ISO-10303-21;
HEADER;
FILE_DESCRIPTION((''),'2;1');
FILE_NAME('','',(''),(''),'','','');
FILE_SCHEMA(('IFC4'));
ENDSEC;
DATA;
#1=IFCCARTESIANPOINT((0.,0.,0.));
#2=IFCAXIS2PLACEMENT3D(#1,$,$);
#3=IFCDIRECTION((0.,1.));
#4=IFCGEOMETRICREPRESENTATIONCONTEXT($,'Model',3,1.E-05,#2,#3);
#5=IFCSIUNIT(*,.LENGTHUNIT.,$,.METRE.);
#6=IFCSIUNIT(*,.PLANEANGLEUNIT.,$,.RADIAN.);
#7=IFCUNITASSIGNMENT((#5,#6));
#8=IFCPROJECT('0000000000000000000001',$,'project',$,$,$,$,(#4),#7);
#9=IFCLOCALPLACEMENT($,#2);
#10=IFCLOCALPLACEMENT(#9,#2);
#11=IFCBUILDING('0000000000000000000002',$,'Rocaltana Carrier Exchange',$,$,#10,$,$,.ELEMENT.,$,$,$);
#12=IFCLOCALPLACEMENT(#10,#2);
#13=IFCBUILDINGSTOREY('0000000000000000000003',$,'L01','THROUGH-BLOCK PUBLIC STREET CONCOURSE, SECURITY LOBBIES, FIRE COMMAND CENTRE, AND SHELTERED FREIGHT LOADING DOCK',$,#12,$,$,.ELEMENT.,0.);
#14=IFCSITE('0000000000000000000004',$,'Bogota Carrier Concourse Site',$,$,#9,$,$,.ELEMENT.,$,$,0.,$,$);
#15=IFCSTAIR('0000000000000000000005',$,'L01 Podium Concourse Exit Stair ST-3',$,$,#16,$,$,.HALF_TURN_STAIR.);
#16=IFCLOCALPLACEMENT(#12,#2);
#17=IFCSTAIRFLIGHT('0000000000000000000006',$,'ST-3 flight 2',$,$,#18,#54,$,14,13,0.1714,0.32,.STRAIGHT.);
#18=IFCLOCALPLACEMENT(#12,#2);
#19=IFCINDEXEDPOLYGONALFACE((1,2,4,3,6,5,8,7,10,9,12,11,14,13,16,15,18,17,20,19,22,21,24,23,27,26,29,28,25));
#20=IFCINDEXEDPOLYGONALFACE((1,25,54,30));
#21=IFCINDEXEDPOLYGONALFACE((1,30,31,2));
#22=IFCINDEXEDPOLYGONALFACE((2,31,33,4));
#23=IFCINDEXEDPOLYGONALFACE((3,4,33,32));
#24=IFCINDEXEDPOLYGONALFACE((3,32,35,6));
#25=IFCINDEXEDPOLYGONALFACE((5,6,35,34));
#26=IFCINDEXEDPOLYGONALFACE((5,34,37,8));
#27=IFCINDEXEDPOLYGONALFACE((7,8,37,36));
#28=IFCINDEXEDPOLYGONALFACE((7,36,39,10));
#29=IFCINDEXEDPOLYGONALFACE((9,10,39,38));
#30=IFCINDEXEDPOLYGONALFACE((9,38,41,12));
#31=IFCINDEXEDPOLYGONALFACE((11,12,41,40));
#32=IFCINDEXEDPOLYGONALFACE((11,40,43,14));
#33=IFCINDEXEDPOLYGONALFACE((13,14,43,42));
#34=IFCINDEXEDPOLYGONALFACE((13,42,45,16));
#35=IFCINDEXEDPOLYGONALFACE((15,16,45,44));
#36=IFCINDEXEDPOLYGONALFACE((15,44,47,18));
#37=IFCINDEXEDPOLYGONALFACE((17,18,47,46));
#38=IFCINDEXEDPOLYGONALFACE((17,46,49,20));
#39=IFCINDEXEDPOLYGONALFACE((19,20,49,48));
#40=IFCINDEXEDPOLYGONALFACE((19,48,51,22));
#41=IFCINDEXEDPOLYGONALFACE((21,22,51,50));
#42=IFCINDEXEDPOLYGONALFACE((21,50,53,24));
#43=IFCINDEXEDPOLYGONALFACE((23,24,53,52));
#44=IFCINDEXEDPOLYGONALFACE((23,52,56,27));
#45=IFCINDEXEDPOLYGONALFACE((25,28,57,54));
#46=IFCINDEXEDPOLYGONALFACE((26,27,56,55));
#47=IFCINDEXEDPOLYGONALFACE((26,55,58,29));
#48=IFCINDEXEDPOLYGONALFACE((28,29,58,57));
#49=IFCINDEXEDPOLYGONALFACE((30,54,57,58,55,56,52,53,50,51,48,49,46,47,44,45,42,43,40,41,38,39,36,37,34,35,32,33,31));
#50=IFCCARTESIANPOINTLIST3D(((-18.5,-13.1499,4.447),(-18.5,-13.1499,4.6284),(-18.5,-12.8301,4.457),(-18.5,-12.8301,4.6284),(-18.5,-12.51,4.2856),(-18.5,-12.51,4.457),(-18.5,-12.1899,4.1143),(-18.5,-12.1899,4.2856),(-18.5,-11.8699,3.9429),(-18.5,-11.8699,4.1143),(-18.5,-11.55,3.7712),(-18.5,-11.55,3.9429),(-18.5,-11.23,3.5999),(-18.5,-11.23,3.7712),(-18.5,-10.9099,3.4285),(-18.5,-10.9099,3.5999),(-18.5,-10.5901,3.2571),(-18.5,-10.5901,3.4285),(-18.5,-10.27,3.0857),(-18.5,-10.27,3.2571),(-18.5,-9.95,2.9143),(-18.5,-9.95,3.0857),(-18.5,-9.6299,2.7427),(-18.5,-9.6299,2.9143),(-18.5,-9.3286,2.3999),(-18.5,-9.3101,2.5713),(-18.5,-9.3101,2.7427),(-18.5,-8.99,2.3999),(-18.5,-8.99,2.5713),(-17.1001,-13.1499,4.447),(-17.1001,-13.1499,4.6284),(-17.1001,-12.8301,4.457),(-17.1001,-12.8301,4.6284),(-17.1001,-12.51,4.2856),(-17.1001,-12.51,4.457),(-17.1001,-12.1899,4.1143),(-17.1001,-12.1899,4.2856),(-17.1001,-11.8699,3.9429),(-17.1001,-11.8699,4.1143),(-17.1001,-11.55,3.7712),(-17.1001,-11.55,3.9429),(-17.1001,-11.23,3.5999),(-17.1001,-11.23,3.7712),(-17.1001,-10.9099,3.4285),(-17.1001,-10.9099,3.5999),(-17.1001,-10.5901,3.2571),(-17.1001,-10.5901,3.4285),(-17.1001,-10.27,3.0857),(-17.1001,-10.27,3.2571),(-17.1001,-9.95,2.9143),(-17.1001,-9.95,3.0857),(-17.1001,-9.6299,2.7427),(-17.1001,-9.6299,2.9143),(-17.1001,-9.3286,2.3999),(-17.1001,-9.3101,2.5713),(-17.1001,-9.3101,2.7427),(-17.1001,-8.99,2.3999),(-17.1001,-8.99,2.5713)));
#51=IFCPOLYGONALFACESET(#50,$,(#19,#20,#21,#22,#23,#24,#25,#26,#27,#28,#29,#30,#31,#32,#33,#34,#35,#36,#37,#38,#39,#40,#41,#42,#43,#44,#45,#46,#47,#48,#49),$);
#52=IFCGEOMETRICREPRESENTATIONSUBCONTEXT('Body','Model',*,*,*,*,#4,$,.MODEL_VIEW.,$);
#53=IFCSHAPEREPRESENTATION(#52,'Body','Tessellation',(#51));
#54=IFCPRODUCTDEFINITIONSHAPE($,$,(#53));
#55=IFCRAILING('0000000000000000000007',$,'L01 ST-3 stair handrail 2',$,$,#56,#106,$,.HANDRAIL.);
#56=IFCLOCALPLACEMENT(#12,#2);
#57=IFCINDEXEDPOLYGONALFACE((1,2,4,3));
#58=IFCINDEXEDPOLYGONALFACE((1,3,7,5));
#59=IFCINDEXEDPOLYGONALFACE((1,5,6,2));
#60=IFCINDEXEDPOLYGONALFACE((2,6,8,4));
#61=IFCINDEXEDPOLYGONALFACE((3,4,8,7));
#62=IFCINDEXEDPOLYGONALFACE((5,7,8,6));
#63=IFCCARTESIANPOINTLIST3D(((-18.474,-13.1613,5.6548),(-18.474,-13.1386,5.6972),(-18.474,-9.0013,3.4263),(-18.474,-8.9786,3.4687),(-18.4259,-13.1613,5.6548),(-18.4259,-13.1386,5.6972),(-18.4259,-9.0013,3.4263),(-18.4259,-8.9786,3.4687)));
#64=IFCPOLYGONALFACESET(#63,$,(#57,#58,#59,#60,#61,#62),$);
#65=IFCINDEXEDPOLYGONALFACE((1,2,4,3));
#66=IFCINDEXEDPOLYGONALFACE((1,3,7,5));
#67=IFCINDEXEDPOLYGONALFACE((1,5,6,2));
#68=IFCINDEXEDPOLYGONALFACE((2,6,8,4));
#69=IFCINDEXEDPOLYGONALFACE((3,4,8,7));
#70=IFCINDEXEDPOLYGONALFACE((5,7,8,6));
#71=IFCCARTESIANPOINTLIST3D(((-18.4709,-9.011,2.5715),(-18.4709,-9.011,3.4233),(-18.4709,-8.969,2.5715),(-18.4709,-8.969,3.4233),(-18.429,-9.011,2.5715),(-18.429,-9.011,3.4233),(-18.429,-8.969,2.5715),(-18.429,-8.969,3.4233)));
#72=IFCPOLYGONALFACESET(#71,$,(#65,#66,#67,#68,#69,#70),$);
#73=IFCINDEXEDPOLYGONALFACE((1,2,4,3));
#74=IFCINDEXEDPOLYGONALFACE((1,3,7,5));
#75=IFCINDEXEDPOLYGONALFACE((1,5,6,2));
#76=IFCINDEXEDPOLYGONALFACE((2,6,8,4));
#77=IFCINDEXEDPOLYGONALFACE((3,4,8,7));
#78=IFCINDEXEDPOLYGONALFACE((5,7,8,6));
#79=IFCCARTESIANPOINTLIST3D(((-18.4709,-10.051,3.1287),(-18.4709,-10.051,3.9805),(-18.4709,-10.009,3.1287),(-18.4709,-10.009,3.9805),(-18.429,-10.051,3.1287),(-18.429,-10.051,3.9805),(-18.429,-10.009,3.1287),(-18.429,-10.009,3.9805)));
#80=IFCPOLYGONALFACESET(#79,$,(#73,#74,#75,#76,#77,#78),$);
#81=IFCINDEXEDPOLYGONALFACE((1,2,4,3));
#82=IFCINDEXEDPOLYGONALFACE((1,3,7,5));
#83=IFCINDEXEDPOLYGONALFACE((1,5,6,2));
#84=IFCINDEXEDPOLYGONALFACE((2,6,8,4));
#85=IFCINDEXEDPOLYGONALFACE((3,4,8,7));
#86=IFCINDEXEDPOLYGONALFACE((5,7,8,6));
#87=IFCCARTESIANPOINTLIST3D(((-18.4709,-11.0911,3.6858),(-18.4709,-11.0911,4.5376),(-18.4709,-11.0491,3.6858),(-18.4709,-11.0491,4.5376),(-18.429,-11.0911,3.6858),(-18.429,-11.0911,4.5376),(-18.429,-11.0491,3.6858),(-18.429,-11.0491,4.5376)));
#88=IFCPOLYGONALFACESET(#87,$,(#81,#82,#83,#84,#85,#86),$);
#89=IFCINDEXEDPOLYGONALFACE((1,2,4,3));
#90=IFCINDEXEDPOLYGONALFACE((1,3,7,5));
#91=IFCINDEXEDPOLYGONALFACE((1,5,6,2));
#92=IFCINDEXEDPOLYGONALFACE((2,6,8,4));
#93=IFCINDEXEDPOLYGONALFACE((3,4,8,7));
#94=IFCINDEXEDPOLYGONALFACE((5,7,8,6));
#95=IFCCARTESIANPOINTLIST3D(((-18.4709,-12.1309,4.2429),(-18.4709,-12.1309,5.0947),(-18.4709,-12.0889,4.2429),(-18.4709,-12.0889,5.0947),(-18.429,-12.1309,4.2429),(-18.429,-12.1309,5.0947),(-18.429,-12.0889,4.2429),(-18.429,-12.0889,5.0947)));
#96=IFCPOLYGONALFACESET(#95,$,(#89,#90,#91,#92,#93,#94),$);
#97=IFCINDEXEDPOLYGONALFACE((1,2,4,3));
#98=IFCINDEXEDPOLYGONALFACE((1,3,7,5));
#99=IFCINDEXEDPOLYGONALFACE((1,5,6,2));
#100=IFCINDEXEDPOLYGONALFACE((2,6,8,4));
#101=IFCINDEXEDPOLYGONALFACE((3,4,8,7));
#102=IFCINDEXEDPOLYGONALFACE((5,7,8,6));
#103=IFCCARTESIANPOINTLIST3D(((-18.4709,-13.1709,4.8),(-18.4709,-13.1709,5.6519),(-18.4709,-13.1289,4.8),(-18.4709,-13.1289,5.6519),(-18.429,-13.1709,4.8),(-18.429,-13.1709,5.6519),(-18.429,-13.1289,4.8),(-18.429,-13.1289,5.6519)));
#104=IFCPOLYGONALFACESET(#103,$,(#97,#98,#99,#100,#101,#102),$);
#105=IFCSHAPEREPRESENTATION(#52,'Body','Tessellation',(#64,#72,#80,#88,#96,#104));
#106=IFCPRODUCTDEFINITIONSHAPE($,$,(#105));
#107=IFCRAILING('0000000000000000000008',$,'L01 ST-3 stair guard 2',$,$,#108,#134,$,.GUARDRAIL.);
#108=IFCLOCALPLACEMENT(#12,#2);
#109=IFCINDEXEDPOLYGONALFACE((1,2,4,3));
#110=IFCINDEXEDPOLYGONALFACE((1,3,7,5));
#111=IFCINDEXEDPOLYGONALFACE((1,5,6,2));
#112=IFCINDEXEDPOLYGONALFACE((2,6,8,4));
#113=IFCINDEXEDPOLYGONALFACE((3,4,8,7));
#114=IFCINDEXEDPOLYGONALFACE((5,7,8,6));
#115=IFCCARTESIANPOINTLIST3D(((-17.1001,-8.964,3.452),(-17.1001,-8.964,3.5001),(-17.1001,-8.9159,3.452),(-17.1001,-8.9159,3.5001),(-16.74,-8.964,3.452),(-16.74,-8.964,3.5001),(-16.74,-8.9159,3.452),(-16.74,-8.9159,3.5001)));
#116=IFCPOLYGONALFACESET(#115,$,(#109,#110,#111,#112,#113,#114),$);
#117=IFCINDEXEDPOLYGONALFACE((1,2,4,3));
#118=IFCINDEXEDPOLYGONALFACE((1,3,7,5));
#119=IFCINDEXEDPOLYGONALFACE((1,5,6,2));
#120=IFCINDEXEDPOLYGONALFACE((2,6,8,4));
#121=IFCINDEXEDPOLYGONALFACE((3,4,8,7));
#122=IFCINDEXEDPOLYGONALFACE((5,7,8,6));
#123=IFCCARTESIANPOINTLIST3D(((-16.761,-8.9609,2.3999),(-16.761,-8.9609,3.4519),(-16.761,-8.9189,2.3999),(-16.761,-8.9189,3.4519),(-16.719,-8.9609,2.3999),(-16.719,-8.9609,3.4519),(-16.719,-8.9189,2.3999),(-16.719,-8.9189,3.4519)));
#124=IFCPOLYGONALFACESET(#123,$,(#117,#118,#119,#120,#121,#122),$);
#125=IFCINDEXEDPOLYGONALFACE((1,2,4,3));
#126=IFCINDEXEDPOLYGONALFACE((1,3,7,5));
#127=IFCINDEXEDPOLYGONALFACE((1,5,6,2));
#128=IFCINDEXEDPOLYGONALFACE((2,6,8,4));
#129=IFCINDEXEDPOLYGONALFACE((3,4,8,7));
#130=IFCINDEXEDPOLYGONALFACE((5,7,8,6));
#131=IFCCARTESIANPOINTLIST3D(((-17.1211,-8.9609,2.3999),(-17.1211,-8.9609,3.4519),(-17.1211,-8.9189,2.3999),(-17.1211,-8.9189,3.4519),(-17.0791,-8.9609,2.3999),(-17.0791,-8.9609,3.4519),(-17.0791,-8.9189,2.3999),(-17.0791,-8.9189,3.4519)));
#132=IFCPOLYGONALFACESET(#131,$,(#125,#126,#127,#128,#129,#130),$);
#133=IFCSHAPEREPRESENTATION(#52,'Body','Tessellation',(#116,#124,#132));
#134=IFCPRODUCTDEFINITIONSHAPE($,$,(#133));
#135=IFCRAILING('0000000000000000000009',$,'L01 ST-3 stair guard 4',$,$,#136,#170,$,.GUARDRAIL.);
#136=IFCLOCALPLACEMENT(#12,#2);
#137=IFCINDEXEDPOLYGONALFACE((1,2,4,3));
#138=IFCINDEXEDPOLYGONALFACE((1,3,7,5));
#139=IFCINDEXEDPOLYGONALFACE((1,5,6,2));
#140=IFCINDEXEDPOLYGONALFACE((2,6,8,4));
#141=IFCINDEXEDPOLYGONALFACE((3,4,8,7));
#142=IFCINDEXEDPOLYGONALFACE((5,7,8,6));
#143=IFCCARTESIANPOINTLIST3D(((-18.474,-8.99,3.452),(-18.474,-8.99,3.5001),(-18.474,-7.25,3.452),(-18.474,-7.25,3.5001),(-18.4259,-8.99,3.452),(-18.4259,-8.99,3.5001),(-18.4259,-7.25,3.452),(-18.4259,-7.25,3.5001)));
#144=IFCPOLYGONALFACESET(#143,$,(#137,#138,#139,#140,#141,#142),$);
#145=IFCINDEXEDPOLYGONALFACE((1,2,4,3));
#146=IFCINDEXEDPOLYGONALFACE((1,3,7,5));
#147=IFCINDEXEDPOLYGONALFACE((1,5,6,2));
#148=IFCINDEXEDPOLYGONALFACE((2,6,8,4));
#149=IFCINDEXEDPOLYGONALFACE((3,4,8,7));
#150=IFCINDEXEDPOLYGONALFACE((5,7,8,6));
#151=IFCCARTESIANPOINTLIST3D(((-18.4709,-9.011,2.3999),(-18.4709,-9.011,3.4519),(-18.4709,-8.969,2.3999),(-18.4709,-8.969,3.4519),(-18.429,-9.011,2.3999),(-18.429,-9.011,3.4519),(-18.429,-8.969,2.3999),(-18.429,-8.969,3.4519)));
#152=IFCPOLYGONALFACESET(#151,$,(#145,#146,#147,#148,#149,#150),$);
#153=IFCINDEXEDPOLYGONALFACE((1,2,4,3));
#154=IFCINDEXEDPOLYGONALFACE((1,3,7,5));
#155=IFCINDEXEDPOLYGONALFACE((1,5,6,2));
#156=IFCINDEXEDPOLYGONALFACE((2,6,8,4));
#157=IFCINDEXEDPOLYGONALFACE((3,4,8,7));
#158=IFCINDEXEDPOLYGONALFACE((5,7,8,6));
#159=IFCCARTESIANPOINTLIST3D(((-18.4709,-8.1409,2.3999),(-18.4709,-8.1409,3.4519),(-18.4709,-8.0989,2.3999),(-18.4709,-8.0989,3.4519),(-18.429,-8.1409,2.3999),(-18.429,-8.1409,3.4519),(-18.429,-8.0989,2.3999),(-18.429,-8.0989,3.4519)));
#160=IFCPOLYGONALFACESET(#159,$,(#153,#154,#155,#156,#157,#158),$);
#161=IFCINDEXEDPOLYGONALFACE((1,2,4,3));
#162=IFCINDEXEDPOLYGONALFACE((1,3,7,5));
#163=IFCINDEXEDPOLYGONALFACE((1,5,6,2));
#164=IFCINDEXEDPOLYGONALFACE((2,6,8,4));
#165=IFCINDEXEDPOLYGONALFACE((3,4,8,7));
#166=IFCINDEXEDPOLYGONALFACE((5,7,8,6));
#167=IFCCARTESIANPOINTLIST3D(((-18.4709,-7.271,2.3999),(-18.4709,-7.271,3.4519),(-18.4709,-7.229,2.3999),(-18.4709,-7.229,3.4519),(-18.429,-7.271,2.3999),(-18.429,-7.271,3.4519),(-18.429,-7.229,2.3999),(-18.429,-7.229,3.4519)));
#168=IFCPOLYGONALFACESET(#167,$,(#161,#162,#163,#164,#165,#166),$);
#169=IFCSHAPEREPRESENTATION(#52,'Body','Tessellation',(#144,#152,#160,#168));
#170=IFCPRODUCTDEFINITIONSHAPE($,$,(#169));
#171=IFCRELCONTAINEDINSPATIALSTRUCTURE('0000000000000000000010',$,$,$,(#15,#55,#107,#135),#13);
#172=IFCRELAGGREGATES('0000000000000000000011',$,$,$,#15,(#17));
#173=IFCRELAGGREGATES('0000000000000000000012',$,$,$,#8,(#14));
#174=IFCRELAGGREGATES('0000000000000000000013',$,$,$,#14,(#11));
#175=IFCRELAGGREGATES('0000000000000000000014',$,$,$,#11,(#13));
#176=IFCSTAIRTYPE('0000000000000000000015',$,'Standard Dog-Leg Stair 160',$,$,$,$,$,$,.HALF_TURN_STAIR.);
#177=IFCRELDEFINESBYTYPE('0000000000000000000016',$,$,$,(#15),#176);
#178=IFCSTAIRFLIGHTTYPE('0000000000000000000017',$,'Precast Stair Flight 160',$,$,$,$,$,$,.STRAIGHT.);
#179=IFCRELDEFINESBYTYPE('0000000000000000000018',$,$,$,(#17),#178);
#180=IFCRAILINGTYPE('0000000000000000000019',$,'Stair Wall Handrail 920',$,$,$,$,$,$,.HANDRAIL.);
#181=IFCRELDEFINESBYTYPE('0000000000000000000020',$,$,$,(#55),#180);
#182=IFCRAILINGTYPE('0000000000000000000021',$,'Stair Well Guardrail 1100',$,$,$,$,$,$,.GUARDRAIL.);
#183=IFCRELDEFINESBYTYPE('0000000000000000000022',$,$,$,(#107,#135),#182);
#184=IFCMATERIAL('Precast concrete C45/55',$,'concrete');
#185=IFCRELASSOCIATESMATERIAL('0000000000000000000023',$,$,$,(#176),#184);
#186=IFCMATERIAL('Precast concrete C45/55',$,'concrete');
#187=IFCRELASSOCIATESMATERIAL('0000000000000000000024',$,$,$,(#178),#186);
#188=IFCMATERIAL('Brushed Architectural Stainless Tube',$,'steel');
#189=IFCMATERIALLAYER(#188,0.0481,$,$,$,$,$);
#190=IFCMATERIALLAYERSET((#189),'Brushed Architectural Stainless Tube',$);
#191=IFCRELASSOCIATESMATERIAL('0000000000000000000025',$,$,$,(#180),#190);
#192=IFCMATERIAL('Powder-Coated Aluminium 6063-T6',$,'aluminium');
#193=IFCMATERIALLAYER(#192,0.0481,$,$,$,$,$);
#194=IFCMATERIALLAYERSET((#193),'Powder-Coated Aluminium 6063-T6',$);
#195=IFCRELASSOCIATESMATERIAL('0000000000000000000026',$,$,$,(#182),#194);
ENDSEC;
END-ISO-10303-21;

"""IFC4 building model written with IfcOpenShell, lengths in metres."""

from ifc_helpers import new_model, si_unit, direction, frame, origin, origin_2d, place, context, subcontext, project, spatial, polyline, rectangle, outline, extrude, material, layer, layer_set, type_object, element, aggregate, save


model = new_model("IFC4")

# Units and contexts
model_context = context("Model", 3, precision=1e-05, world=origin(), true_north=direction((0.0, 1.0)))
body_context = subcontext(model_context, "Body", "Model", "MODEL_VIEW")
ifc_project = project(units=[si_unit("LENGTHUNIT", "METRE"), si_unit("PLANEANGLEUNIT", "RADIAN")], contexts=[model_context])

# Site, building, storey
site_placement = place(None, origin())
site = spatial("IfcSite", under=ifc_project, at=site_placement, Name="Bogota Carrier Concourse Site", CompositionType="ELEMENT", RefElevation=0.0)
building_placement = place(site_placement, origin())
building = spatial("IfcBuilding", under=site, at=building_placement, Name="Rocaltana Carrier Exchange", CompositionType="ELEMENT")
storey_placement = place(building_placement, origin())
storey = spatial("IfcBuildingStorey", under=building, at=storey_placement, Name="L01", Description="THROUGH-BLOCK PUBLIC STREET CONCOURSE, SECURITY LOBBIES, FIRE COMMAND CENTRE, AND SHELTERED FREIGHT LOADING DOCK", CompositionType="ELEMENT", Elevation=0.0)

# Stair, stair flight
ifc_material_1 = material(Name="Precast concrete C45/55", Category="concrete")
stair_type = type_object("IfcStairType", Name="Standard Dog-Leg Stair 160", PredefinedType="HALF_TURN_STAIR", material=ifc_material_1)
stair_placement = place(storey_placement, origin())
stair = element("IfcStair", 1, at=stair_placement, inside=storey, type_object=stair_type, Name="L01 Podium Concourse Exit Stair ST-3", PredefinedType="HALF_TURN_STAIR")
ifc_material_2 = material(Name="Precast concrete C45/55", Category="concrete")
stair_flight_type = type_object("IfcStairFlightType", Name="Precast Stair Flight 160", PredefinedType="STRAIGHT", material=ifc_material_2)
stair_flight_1_placement = place(storey_placement, frame((-17.8, -8.99, 2.3999), z_axis=(0.0, 0.0, 1.0), x_axis=(0.0, -1.0, 0.0)))
stair_flight_1 = element("IfcStairFlight", 2, at=stair_flight_1_placement, type_object=stair_flight_type, Name="ST-3 flight 2", NumberOfRisers=14, NumberOfTreads=13, PredefinedType="STRAIGHT", RiserHeight=0.1714, TreadLength=0.32, context=body_context, shape_type="SweptSolid", body=[
    extrude(outline(polyline([(0.0, 0.0), (0.0, 0.1714), (0.3201, 0.1714), (0.3201, 0.3428), (0.6399, 0.3428), (0.6399, 0.5144), (0.96, 0.5144), (0.96, 0.6858), (1.28, 0.6858), (1.28, 0.8572), (1.6001, 0.8572), (1.6001, 1.0286), (1.9199, 1.0286), (1.9199, 1.2), (2.24, 1.2), (2.24, 1.3713), (2.5601, 1.3713), (2.5601, 1.543), (2.8799, 1.543), (2.8799, 1.7144), (3.2, 1.7144), (3.2, 1.8857), (3.52, 1.8857), (3.52, 2.0571), (3.8401, 2.0571), (3.8401, 2.2285), (4.1599, 2.2285), (4.1599, 2.3999), (4.1599, 2.0471), (0.3386, 0.0), (0.0, 0.0)])), frame((0.0, 0.7, 0.0), z_axis=(0.0, -1.0, 0.0), x_axis=(1.0, 0.0, 0.0)), (0.0, 0.0, 1.0), 1.3999),
])
aggregate(stair, [stair_flight_1])

# Railings
ifc_material_3 = material(Name="Brushed Architectural Stainless Tube", Category="steel")
ifc_layer_1 = layer(ifc_material_3, 0.0481)
ifc_layer_set_1 = layer_set([ifc_layer_1], Name="Brushed Architectural Stainless Tube")
railing_type_1 = type_object("IfcRailingType", Name="Stair Wall Handrail 920", PredefinedType="HANDRAIL", material=ifc_layer_set_1)
railing_1_placement = place(storey_placement, frame((-18.45, -8.99, 2.5715)))
element("IfcRailing", 3, at=railing_1_placement, inside=storey, type_object=railing_type_1, Name="L01 ST-3 stair handrail 2", PredefinedType="HANDRAIL", context=body_context, shape_type="SweptSolid", body=[
    extrude(rectangle(XDim=0.0481, YDim=0.0481, at=origin_2d()), frame((0.0, 0.0, 0.876), z_axis=(0.0, -0.881481, 0.47222), x_axis=(1.0, 0.0, 0.0)), (0.0, 0.0, 1.0), 4.7192),
    extrude(rectangle(XDim=0.042, YDim=0.042, at=origin_2d()), origin(), (0.0, 0.0, 1.0), 0.8518),
    extrude(rectangle(XDim=0.042, YDim=0.042, at=origin_2d()), frame((0.0, -1.04, 0.5571)), (0.0, 0.0, 1.0), 0.8518),
    extrude(rectangle(XDim=0.042, YDim=0.042, at=origin_2d()), frame((0.0, -2.0801, 1.1143)), (0.0, 0.0, 1.0), 0.8518),
    extrude(rectangle(XDim=0.042, YDim=0.042, at=origin_2d()), frame((0.0, -3.1199, 1.6714)), (0.0, 0.0, 1.0), 0.8518),
    extrude(rectangle(XDim=0.042, YDim=0.042, at=origin_2d()), frame((0.0, -4.1599, 2.2285)), (0.0, 0.0, 1.0), 0.8518),
])
ifc_material_4 = material(Name="Powder-Coated Aluminium 6063-T6", Category="aluminium")
ifc_layer_2 = layer(ifc_material_4, 0.0481)
ifc_layer_set_2 = layer_set([ifc_layer_2], Name="Powder-Coated Aluminium 6063-T6")
railing_type_2 = type_object("IfcRailingType", Name="Stair Well Guardrail 1100", PredefinedType="GUARDRAIL", material=ifc_layer_set_2)
railing_2_placement = place(storey_placement, frame((-16.74, -8.9399, 2.3999)))
element("IfcRailing", 4, at=railing_2_placement, inside=storey, type_object=railing_type_2, Name="L01 ST-3 stair guard 2", PredefinedType="GUARDRAIL", context=body_context, shape_type="SweptSolid", body=[
    extrude(rectangle(XDim=0.0481, YDim=0.0481, at=origin_2d()), frame((0.0, 0.0, 1.0762), z_axis=(-1.0, 0.0, 0.0), x_axis=(0.0, -1.0, 0.0)), (0.0, 0.0, 1.0), 0.3601),
    extrude(rectangle(XDim=0.042, YDim=0.042, at=origin_2d()), origin(), (0.0, 0.0, 1.0), 1.052),
    extrude(rectangle(XDim=0.042, YDim=0.042, at=origin_2d()), frame((-0.3601, 0.0, 0.0)), (0.0, 0.0, 1.0), 1.052),
])
railing_3_placement = place(storey_placement, frame((-18.45, -8.99, 2.3999)))
element("IfcRailing", 5, at=railing_3_placement, inside=storey, type_object=railing_type_2, Name="L01 ST-3 stair guard 4", PredefinedType="GUARDRAIL", context=body_context, shape_type="SweptSolid", body=[
    extrude(rectangle(XDim=0.0481, YDim=0.0481, at=origin_2d()), frame((0.0, 0.0, 1.0762), z_axis=(0.0, 1.0, 0.0), x_axis=(-1.0, 0.0, 0.0)), (0.0, 0.0, 1.0), 1.74),
    extrude(rectangle(XDim=0.042, YDim=0.042, at=origin_2d()), origin(), (0.0, 0.0, 1.0), 1.052),
    extrude(rectangle(XDim=0.042, YDim=0.042, at=origin_2d()), frame((0.0, 0.8701, 0.0)), (0.0, 0.0, 1.0), 1.052),
    extrude(rectangle(XDim=0.042, YDim=0.042, at=origin_2d()), frame((0.0, 1.74, 0.0)), (0.0, 0.0, 1.0), 1.052),
])

save(model, "model.ifc")
